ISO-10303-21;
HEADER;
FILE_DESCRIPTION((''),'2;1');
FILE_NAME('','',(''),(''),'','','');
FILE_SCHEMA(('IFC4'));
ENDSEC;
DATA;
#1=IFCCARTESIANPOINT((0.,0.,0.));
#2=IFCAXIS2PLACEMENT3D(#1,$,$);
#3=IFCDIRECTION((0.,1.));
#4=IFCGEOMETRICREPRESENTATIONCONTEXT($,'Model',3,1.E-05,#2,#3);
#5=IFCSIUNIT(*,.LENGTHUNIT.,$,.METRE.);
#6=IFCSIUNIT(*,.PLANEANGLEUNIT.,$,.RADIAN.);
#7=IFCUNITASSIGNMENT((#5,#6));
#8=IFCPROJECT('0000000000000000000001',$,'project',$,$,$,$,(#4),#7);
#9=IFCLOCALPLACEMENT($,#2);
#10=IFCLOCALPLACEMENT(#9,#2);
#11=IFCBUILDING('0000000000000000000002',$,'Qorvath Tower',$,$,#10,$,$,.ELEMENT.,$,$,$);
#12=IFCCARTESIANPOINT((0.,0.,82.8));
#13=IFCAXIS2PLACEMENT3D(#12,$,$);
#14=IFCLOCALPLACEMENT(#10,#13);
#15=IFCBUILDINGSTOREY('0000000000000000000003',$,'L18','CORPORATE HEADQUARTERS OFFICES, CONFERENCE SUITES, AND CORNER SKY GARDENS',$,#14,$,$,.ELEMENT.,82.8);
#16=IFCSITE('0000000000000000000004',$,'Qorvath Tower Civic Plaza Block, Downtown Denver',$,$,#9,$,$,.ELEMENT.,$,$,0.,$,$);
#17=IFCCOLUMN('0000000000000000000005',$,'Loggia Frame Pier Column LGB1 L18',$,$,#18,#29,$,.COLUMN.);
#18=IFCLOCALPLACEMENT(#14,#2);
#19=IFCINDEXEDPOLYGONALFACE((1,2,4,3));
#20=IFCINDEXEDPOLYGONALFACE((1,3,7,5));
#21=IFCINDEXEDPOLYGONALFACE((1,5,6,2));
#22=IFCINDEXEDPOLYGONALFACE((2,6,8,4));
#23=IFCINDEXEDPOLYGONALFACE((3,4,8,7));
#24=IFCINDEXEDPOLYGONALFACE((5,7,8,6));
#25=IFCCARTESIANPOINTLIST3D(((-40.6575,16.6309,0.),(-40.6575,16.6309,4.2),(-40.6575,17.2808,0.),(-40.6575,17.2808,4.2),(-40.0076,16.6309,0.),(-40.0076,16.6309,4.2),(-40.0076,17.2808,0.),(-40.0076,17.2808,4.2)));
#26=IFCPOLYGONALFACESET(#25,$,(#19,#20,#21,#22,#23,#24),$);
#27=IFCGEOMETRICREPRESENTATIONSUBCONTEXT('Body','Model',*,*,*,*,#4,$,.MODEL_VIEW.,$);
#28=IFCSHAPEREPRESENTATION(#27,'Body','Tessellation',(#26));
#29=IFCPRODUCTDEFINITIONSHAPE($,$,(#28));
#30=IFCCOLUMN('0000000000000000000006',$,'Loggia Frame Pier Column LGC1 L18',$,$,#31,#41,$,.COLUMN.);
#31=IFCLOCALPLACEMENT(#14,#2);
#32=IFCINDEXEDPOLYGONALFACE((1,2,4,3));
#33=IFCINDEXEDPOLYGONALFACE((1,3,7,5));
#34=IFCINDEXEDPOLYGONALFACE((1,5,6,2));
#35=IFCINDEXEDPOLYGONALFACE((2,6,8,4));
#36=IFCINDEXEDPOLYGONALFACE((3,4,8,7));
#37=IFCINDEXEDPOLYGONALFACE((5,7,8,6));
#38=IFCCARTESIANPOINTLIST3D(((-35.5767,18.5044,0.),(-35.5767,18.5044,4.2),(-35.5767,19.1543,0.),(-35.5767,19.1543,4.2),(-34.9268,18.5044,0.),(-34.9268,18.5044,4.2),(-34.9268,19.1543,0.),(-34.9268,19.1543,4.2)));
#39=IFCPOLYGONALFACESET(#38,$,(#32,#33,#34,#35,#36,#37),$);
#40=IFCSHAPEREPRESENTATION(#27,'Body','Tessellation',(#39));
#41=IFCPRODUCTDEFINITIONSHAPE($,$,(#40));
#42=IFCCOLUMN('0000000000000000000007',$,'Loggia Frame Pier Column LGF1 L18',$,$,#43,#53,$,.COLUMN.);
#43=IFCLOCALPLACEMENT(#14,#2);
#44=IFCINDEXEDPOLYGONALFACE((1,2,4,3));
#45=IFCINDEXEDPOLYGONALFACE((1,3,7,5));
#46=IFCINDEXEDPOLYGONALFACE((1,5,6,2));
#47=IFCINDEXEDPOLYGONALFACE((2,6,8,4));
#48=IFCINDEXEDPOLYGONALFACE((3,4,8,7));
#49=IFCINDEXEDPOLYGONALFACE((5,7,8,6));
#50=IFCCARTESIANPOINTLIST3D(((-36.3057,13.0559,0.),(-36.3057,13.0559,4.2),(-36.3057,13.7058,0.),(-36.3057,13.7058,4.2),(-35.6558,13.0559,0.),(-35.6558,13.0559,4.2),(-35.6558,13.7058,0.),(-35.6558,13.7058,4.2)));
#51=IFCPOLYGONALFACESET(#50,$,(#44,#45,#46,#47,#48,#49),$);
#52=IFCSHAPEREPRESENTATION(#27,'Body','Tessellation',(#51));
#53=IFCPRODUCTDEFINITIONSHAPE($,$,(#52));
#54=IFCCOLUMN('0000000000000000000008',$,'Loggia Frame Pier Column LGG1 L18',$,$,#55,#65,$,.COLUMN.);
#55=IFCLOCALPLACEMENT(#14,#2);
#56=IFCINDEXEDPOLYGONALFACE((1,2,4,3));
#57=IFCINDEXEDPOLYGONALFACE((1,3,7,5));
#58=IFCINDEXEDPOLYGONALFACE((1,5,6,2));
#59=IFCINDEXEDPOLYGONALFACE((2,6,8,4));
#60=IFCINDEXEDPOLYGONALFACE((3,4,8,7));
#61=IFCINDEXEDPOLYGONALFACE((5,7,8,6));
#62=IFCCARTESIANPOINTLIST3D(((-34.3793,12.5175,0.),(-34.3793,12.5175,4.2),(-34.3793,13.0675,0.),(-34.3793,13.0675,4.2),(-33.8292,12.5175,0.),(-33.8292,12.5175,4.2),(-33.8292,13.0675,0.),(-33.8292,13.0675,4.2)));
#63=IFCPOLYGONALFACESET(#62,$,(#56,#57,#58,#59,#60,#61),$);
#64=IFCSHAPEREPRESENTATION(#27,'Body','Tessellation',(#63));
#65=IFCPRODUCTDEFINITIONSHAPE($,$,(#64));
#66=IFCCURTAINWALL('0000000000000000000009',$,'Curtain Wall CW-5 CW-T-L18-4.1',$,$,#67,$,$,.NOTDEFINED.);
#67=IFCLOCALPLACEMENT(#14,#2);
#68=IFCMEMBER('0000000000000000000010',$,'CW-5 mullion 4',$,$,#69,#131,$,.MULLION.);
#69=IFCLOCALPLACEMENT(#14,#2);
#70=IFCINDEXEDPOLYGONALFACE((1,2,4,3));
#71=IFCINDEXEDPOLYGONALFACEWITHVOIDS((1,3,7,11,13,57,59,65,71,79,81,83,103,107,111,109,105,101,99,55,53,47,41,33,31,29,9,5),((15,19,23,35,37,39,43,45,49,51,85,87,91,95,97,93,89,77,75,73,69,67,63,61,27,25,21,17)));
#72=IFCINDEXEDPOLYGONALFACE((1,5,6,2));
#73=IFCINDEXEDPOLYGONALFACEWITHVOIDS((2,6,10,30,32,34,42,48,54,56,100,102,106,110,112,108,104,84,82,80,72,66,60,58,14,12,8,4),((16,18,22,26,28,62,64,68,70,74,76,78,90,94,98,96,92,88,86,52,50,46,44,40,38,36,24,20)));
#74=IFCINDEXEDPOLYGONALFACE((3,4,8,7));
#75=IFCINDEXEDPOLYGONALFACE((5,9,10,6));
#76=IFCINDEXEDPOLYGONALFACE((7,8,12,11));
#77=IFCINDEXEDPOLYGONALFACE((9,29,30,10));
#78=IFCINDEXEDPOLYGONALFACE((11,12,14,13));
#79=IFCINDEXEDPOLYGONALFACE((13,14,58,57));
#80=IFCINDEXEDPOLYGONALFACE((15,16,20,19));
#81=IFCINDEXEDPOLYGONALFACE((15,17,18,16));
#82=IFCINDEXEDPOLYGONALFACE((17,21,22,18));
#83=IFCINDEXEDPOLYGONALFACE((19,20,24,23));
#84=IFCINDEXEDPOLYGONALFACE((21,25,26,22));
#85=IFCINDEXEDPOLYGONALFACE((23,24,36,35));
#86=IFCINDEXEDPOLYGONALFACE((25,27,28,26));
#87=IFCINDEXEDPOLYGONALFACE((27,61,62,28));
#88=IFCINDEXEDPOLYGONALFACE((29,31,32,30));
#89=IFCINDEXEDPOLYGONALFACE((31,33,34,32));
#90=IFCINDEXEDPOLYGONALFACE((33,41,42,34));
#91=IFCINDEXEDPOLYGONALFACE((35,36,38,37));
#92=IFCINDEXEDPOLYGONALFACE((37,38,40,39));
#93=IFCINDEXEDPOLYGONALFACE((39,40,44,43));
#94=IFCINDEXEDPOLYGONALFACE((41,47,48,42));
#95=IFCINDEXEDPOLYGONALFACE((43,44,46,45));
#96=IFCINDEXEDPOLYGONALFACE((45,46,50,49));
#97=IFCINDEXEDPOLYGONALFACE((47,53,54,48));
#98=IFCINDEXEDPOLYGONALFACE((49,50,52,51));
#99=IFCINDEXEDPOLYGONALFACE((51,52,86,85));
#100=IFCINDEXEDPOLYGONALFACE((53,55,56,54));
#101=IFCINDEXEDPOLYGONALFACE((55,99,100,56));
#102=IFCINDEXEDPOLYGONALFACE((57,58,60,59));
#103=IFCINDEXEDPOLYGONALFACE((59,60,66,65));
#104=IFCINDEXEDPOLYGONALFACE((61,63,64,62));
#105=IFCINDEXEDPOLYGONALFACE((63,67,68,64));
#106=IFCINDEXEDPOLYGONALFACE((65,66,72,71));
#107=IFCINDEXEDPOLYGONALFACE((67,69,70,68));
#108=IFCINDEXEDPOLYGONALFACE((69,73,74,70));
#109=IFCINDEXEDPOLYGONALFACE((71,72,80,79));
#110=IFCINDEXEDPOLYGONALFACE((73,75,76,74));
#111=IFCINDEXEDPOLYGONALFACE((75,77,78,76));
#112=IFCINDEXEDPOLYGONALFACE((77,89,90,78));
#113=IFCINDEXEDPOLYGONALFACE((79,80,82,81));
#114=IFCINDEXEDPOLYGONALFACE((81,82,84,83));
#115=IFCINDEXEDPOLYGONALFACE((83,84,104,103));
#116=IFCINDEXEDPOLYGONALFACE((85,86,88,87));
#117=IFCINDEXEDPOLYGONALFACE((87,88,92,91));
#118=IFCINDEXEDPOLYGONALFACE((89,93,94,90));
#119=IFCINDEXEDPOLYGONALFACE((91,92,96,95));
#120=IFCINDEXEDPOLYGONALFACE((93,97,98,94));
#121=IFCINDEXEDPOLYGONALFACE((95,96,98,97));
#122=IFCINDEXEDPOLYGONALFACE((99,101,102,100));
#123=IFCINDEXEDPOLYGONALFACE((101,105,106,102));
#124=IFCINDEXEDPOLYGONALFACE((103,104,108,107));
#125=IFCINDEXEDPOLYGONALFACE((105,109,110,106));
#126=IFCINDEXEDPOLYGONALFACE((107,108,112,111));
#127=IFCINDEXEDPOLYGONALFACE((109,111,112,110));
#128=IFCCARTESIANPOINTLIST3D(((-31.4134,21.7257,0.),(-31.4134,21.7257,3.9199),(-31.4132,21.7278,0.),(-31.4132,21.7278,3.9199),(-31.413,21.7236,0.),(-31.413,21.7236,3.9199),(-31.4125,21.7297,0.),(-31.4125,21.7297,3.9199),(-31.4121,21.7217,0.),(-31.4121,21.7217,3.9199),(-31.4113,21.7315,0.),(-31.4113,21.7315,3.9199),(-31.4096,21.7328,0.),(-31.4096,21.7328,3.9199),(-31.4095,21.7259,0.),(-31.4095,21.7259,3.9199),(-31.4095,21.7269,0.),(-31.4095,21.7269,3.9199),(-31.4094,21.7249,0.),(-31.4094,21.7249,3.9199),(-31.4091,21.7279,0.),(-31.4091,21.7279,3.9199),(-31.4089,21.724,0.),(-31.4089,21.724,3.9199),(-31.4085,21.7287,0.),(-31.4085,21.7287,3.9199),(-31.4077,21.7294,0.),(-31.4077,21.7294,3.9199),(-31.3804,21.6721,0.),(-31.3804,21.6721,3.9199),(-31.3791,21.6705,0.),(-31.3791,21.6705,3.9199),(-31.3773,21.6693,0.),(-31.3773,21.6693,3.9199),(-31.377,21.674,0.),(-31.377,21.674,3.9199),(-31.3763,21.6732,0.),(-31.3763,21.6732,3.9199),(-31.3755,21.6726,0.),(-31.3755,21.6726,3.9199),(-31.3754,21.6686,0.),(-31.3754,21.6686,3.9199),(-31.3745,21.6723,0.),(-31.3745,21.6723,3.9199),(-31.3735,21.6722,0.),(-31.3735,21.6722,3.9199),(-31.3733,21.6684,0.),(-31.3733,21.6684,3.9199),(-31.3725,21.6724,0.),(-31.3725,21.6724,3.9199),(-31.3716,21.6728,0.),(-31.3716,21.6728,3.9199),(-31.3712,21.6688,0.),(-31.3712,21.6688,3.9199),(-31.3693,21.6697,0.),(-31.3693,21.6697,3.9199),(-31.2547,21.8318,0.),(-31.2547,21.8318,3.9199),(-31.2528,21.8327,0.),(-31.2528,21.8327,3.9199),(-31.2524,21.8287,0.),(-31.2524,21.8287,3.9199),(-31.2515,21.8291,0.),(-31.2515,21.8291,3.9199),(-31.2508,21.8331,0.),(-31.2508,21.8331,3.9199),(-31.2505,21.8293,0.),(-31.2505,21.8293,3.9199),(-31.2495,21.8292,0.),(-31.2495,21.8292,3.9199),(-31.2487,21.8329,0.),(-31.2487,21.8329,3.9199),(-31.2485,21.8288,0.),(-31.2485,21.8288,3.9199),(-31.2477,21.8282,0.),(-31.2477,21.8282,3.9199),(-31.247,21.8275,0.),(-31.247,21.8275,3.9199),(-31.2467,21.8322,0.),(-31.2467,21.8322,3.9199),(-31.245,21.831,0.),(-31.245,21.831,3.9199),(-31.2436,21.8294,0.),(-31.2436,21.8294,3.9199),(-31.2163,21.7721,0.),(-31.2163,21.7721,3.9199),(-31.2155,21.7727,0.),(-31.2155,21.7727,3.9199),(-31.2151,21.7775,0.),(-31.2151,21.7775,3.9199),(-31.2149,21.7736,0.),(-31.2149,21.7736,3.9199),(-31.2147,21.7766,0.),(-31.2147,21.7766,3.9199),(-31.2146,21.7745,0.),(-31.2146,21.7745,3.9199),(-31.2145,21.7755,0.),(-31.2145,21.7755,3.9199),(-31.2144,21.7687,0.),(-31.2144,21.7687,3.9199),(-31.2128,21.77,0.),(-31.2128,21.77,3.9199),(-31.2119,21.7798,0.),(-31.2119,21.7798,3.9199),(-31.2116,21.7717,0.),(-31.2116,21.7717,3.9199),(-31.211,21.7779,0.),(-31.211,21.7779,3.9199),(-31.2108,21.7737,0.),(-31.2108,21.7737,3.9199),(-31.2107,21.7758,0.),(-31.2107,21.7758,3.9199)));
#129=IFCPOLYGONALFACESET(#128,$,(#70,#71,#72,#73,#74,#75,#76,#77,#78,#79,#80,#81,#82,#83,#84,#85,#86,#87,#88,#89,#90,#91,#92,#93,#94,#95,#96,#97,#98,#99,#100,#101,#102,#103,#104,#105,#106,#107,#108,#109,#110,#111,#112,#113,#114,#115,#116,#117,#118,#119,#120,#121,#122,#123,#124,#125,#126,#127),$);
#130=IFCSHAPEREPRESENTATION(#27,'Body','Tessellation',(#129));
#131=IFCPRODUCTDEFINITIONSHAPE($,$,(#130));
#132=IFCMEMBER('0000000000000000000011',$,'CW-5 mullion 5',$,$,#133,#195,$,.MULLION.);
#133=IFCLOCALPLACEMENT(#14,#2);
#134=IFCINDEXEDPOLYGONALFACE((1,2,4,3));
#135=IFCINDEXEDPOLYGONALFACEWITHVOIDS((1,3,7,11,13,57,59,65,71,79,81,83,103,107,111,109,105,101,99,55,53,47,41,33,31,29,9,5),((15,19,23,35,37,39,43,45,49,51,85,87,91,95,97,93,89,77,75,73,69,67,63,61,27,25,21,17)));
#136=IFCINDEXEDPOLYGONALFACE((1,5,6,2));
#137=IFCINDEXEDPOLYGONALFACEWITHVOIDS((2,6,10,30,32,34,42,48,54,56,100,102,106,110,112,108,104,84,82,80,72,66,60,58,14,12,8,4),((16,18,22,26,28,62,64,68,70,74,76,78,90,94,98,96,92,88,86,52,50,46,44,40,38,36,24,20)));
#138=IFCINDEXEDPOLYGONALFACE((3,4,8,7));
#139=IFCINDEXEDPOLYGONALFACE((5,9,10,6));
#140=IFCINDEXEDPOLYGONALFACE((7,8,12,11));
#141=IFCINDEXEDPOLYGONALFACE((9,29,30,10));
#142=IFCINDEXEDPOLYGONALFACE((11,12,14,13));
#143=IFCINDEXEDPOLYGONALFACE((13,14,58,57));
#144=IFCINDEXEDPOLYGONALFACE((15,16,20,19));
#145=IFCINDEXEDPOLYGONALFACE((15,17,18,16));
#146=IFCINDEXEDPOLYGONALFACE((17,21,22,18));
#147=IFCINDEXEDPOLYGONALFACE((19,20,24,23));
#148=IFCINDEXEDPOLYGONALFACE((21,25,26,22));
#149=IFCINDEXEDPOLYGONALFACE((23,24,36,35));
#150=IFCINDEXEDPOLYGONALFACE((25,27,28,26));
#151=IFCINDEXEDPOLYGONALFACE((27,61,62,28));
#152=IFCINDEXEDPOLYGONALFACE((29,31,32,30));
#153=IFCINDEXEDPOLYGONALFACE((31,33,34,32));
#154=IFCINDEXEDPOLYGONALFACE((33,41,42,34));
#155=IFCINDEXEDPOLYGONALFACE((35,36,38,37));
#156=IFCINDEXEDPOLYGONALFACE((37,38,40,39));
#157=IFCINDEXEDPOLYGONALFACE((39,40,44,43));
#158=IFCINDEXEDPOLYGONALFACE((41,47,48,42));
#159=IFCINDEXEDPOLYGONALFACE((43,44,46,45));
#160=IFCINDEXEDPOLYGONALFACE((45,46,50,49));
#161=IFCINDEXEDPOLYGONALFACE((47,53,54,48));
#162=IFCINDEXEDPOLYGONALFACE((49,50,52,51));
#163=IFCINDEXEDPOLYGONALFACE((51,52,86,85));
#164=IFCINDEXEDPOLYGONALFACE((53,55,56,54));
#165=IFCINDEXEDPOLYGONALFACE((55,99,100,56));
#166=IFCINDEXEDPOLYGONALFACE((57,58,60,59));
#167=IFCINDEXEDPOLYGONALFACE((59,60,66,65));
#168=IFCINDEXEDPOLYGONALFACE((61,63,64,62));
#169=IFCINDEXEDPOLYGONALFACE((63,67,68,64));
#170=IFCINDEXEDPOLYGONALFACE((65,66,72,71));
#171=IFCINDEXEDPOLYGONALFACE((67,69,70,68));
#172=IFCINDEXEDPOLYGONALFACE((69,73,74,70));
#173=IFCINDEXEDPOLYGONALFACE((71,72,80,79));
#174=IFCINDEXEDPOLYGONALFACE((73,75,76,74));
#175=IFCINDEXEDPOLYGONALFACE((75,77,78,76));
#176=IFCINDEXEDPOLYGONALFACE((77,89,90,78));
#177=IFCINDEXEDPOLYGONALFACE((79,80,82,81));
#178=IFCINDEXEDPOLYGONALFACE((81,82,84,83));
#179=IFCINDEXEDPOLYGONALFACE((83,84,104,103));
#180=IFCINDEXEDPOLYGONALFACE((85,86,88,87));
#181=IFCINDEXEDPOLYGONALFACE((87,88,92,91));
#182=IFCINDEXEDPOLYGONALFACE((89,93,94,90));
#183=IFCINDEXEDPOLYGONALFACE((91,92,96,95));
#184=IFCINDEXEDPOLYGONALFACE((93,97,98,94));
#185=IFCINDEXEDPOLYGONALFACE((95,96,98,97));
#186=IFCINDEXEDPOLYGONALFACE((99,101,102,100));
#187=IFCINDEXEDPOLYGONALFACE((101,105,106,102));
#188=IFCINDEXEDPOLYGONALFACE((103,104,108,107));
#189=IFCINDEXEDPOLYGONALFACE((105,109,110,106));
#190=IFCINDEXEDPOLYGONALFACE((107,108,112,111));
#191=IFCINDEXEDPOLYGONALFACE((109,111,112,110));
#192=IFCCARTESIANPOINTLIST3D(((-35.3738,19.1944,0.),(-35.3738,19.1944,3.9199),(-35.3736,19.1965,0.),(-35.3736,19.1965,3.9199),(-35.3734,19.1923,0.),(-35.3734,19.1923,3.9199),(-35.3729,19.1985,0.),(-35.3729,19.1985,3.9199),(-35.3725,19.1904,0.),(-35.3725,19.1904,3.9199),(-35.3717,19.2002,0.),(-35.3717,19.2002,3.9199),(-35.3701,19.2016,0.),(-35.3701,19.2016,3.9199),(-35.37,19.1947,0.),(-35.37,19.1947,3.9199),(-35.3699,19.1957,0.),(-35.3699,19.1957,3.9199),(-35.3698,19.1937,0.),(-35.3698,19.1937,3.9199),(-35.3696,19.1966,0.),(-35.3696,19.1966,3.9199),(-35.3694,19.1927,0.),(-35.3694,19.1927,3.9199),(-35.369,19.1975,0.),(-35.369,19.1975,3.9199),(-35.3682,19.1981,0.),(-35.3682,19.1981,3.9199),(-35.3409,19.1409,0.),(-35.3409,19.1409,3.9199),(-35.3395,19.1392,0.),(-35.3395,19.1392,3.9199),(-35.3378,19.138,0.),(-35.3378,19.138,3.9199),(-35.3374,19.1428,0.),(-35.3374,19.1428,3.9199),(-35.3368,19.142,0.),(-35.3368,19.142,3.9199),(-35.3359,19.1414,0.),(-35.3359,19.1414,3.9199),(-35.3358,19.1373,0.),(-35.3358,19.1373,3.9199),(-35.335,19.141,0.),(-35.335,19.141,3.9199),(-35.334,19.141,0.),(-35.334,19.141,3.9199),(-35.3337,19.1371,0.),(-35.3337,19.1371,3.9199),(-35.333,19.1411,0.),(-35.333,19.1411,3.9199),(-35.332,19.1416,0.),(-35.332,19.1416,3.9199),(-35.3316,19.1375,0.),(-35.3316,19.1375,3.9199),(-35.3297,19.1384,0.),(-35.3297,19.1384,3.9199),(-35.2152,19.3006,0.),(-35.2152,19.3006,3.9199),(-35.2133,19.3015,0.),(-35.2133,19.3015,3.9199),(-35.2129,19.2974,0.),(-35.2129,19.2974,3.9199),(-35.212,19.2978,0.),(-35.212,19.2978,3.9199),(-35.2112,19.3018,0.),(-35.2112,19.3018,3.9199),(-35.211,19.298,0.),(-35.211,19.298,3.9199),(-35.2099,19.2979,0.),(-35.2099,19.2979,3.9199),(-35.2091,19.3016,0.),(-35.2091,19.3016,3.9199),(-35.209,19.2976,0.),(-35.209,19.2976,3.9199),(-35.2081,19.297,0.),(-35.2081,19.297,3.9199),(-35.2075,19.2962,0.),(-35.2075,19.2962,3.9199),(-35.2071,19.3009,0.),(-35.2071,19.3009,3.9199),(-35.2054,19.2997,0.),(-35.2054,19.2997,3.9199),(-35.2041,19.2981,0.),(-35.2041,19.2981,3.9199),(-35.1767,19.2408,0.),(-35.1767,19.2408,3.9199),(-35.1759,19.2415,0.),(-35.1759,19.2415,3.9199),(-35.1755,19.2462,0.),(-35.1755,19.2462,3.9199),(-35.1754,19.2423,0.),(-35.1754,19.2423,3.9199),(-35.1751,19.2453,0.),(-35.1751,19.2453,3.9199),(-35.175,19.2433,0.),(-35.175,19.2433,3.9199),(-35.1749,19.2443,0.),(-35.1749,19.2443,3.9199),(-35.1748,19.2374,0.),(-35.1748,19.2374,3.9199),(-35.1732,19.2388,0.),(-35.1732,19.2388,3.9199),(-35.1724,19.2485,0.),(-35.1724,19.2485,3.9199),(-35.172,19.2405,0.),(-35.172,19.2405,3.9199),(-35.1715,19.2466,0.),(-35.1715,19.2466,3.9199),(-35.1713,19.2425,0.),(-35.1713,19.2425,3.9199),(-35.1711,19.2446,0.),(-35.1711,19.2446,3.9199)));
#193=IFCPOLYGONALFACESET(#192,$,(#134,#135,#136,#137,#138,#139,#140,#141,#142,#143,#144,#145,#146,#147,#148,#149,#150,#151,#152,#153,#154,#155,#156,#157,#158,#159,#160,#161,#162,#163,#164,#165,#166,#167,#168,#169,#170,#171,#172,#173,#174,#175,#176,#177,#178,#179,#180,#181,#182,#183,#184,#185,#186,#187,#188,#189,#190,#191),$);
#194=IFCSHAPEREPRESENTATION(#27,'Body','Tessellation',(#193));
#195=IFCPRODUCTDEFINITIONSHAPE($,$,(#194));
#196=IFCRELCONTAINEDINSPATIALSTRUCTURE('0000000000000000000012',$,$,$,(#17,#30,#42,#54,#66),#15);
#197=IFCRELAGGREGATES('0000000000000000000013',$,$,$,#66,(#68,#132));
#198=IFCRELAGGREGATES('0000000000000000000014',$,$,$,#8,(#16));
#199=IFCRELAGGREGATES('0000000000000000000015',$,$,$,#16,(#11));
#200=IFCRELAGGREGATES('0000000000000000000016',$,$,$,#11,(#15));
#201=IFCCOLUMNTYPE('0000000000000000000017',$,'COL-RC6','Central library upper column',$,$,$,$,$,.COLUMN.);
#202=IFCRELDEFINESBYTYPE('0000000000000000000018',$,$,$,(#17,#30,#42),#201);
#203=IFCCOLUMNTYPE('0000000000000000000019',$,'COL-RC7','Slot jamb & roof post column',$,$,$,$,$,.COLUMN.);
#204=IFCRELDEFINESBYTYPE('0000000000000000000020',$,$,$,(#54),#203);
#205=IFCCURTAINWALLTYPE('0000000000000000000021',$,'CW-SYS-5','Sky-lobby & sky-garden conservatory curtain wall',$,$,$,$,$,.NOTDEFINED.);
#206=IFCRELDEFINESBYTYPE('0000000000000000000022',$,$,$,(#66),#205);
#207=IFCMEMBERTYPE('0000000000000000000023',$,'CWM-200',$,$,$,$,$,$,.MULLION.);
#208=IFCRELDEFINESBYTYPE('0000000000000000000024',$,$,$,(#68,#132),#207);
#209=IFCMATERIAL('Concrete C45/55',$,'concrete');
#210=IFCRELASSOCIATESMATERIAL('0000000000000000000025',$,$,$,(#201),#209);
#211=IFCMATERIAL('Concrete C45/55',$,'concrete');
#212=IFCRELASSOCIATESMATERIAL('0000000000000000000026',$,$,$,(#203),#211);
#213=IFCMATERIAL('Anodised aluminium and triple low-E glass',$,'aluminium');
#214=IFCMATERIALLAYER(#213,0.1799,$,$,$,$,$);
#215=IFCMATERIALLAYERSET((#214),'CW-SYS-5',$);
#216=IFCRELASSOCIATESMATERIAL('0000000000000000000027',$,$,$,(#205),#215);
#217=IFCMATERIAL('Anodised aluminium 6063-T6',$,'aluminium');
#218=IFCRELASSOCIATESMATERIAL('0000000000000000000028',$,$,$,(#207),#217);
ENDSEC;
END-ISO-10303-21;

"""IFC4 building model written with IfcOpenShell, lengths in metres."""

from ifc_helpers import new_model, si_unit, direction, frame, origin, origin_2d, place, context, subcontext, project, spatial, rectangle, hollow_rectangle, extrude, material, layer, layer_set, material_profile, profile_set, type_object, element, aggregate, save


model = new_model("IFC4")

# Units and contexts
model_context = context("Model", 3, precision=1e-05, world=origin(), true_north=direction((0.0, 1.0)))
body_context = subcontext(model_context, "Body", "Model", "MODEL_VIEW")
ifc_project = project(units=[si_unit("LENGTHUNIT", "METRE"), si_unit("PLANEANGLEUNIT", "RADIAN")], contexts=[model_context])

# Site, building, storey
site_placement = place(None, origin())
site = spatial("IfcSite", under=ifc_project, at=site_placement, Name="Qorvath Tower Civic Plaza Block, Downtown Denver", CompositionType="ELEMENT", RefElevation=0.0)
building_placement = place(site_placement, origin())
building = spatial("IfcBuilding", under=site, at=building_placement, Name="Qorvath Tower", CompositionType="ELEMENT")
storey_placement = place(building_placement, frame((0.0, 0.0, 82.8)))
storey = spatial("IfcBuildingStorey", under=building, at=storey_placement, Name="L18", Description="CORPORATE HEADQUARTERS OFFICES, CONFERENCE SUITES, AND CORNER SKY GARDENS", CompositionType="ELEMENT", Elevation=82.8)

# Columns
ifc_material_1 = material(Name="Concrete C45/55", Category="concrete")
ifc_material_profile_1 = material_profile(ifc_material_1, rectangle(XDim=0.6499, YDim=0.6499, at=origin_2d()), Name="RC 650x650")
ifc_profile_set_1 = profile_set([ifc_material_profile_1], Name="Concrete C45/55")
column_type_1 = type_object("IfcColumnType", Name="COL-RC6", Description="Central library upper column", PredefinedType="COLUMN", material=ifc_profile_set_1)
for number, where, z_axis, x_axis, name in (
    (1, (-40.3325, 16.9558, 0.0), (0.0, 0.0, 1.0), (1.0, 0.0, 0.0), "Loggia Frame Pier Column LGB1 L18"),
    (2, (-35.2517, 18.8293, 0.0), (0.0, 0.0, 1.0), (1.0, 0.0, 0.0), "Loggia Frame Pier Column LGC1 L18"),
    (3, (-35.9807, 13.3809, 0.0), (0.0, 0.0, 1.0), (1.0, 0.0, 0.0), "Loggia Frame Pier Column LGF1 L18"),
):
    element("IfcColumn", number, at=place(storey_placement, frame(where, z_axis=z_axis, x_axis=x_axis)), inside=storey, type_object=column_type_1, Name=name, PredefinedType="COLUMN", context=body_context, shape_type="SweptSolid", body=[
        extrude(rectangle(XDim=0.6499, YDim=0.6499, at=origin_2d()), origin(), (0.0, 0.0, 1.0), 4.2),
    ])
ifc_material_2 = material(Name="Concrete C45/55", Category="concrete")
ifc_material_profile_2 = material_profile(ifc_material_2, rectangle(XDim=0.55, YDim=0.55, at=origin_2d()), Name="RC 550x550")
ifc_profile_set_2 = profile_set([ifc_material_profile_2], Name="Concrete C45/55")
column_type_2 = type_object("IfcColumnType", Name="COL-RC7", Description="Slot jamb & roof post column", PredefinedType="COLUMN", material=ifc_profile_set_2)
column_placement = place(storey_placement, frame((-34.1042, 12.7925, 0.0), z_axis=(0.0, 0.0, 1.0), x_axis=(1.0, 0.0, 0.0)))
element("IfcColumn", 4, at=column_placement, inside=storey, type_object=column_type_2, Name="Loggia Frame Pier Column LGG1 L18", PredefinedType="COLUMN", context=body_context, shape_type="SweptSolid", body=[
    extrude(rectangle(XDim=0.55, YDim=0.55, at=origin_2d()), origin(), (0.0, 0.0, 1.0), 4.2),
])

# Curtain wall, members
ifc_material_3 = material(Name="Anodised aluminium and triple low-E glass", Category="aluminium")
ifc_layer_1 = layer(ifc_material_3, 0.1799)
ifc_layer_set_1 = layer_set([ifc_layer_1], Name="CW-SYS-5")
curtain_wall_type = type_object("IfcCurtainWallType", Name="CW-SYS-5", Description="Sky-lobby & sky-garden conservatory curtain wall", PredefinedType="NOTDEFINED", material=ifc_layer_set_1)
curtain_wall_1_placement = place(storey_placement, origin())
curtain_wall_1 = element("IfcCurtainWall", 5, at=curtain_wall_1_placement, inside=storey, type_object=curtain_wall_type, Name="Curtain Wall CW-5 CW-T-L18-4.1", PredefinedType="NOTDEFINED")
ifc_material_4 = material(Name="Anodised aluminium 6063-T6", Category="aluminium")
ifc_material_profile_3 = material_profile(ifc_material_4, hollow_rectangle(XDim=0.075, YDim=0.2, WallThickness=0.0039, InnerFilletRadius=0.0039, OuterFilletRadius=0.0081, at=origin_2d()), Name="CWM 200x75")
ifc_profile_set_3 = profile_set([ifc_material_profile_3], Name="Anodised aluminium 6063-T6")
member_type_1 = type_object("IfcMemberType", Name="CWM-200", PredefinedType="MULLION", material=ifc_profile_set_3)
member_1_placement = place(storey_placement, frame((-31.312, 21.7507, 0.0), z_axis=(0.0, 0.0, 1.0), x_axis=(0.538538, -0.842601, 0.0)))
member_1 = element("IfcMember", 6, at=member_1_placement, type_object=member_type_1, Name="CW-5 mullion 4", PredefinedType="MULLION", context=body_context, shape_type="SweptSolid", body=[
    extrude(hollow_rectangle(XDim=0.075, YDim=0.2, WallThickness=0.0039, InnerFilletRadius=0.0039, OuterFilletRadius=0.0081, at=origin_2d()), origin(), (0.0, 0.0, 1.0), 3.9199),
])
member_2_placement = place(storey_placement, frame((-35.2725, 19.2195, 0.0), z_axis=(0.0, 0.0, 1.0), x_axis=(0.538538, -0.842601, 0.0)))
member_2 = element("IfcMember", 7, at=member_2_placement, type_object=member_type_1, Name="CW-5 mullion 5", PredefinedType="MULLION", context=body_context, shape_type="SweptSolid", body=[
    extrude(hollow_rectangle(XDim=0.075, YDim=0.2, WallThickness=0.0039, InnerFilletRadius=0.0039, OuterFilletRadius=0.0081, at=origin_2d()), origin(), (0.0, 0.0, 1.0), 3.9199),
])

aggregate(curtain_wall_1, [member_1, member_2])

save(model, "model.ifc")
